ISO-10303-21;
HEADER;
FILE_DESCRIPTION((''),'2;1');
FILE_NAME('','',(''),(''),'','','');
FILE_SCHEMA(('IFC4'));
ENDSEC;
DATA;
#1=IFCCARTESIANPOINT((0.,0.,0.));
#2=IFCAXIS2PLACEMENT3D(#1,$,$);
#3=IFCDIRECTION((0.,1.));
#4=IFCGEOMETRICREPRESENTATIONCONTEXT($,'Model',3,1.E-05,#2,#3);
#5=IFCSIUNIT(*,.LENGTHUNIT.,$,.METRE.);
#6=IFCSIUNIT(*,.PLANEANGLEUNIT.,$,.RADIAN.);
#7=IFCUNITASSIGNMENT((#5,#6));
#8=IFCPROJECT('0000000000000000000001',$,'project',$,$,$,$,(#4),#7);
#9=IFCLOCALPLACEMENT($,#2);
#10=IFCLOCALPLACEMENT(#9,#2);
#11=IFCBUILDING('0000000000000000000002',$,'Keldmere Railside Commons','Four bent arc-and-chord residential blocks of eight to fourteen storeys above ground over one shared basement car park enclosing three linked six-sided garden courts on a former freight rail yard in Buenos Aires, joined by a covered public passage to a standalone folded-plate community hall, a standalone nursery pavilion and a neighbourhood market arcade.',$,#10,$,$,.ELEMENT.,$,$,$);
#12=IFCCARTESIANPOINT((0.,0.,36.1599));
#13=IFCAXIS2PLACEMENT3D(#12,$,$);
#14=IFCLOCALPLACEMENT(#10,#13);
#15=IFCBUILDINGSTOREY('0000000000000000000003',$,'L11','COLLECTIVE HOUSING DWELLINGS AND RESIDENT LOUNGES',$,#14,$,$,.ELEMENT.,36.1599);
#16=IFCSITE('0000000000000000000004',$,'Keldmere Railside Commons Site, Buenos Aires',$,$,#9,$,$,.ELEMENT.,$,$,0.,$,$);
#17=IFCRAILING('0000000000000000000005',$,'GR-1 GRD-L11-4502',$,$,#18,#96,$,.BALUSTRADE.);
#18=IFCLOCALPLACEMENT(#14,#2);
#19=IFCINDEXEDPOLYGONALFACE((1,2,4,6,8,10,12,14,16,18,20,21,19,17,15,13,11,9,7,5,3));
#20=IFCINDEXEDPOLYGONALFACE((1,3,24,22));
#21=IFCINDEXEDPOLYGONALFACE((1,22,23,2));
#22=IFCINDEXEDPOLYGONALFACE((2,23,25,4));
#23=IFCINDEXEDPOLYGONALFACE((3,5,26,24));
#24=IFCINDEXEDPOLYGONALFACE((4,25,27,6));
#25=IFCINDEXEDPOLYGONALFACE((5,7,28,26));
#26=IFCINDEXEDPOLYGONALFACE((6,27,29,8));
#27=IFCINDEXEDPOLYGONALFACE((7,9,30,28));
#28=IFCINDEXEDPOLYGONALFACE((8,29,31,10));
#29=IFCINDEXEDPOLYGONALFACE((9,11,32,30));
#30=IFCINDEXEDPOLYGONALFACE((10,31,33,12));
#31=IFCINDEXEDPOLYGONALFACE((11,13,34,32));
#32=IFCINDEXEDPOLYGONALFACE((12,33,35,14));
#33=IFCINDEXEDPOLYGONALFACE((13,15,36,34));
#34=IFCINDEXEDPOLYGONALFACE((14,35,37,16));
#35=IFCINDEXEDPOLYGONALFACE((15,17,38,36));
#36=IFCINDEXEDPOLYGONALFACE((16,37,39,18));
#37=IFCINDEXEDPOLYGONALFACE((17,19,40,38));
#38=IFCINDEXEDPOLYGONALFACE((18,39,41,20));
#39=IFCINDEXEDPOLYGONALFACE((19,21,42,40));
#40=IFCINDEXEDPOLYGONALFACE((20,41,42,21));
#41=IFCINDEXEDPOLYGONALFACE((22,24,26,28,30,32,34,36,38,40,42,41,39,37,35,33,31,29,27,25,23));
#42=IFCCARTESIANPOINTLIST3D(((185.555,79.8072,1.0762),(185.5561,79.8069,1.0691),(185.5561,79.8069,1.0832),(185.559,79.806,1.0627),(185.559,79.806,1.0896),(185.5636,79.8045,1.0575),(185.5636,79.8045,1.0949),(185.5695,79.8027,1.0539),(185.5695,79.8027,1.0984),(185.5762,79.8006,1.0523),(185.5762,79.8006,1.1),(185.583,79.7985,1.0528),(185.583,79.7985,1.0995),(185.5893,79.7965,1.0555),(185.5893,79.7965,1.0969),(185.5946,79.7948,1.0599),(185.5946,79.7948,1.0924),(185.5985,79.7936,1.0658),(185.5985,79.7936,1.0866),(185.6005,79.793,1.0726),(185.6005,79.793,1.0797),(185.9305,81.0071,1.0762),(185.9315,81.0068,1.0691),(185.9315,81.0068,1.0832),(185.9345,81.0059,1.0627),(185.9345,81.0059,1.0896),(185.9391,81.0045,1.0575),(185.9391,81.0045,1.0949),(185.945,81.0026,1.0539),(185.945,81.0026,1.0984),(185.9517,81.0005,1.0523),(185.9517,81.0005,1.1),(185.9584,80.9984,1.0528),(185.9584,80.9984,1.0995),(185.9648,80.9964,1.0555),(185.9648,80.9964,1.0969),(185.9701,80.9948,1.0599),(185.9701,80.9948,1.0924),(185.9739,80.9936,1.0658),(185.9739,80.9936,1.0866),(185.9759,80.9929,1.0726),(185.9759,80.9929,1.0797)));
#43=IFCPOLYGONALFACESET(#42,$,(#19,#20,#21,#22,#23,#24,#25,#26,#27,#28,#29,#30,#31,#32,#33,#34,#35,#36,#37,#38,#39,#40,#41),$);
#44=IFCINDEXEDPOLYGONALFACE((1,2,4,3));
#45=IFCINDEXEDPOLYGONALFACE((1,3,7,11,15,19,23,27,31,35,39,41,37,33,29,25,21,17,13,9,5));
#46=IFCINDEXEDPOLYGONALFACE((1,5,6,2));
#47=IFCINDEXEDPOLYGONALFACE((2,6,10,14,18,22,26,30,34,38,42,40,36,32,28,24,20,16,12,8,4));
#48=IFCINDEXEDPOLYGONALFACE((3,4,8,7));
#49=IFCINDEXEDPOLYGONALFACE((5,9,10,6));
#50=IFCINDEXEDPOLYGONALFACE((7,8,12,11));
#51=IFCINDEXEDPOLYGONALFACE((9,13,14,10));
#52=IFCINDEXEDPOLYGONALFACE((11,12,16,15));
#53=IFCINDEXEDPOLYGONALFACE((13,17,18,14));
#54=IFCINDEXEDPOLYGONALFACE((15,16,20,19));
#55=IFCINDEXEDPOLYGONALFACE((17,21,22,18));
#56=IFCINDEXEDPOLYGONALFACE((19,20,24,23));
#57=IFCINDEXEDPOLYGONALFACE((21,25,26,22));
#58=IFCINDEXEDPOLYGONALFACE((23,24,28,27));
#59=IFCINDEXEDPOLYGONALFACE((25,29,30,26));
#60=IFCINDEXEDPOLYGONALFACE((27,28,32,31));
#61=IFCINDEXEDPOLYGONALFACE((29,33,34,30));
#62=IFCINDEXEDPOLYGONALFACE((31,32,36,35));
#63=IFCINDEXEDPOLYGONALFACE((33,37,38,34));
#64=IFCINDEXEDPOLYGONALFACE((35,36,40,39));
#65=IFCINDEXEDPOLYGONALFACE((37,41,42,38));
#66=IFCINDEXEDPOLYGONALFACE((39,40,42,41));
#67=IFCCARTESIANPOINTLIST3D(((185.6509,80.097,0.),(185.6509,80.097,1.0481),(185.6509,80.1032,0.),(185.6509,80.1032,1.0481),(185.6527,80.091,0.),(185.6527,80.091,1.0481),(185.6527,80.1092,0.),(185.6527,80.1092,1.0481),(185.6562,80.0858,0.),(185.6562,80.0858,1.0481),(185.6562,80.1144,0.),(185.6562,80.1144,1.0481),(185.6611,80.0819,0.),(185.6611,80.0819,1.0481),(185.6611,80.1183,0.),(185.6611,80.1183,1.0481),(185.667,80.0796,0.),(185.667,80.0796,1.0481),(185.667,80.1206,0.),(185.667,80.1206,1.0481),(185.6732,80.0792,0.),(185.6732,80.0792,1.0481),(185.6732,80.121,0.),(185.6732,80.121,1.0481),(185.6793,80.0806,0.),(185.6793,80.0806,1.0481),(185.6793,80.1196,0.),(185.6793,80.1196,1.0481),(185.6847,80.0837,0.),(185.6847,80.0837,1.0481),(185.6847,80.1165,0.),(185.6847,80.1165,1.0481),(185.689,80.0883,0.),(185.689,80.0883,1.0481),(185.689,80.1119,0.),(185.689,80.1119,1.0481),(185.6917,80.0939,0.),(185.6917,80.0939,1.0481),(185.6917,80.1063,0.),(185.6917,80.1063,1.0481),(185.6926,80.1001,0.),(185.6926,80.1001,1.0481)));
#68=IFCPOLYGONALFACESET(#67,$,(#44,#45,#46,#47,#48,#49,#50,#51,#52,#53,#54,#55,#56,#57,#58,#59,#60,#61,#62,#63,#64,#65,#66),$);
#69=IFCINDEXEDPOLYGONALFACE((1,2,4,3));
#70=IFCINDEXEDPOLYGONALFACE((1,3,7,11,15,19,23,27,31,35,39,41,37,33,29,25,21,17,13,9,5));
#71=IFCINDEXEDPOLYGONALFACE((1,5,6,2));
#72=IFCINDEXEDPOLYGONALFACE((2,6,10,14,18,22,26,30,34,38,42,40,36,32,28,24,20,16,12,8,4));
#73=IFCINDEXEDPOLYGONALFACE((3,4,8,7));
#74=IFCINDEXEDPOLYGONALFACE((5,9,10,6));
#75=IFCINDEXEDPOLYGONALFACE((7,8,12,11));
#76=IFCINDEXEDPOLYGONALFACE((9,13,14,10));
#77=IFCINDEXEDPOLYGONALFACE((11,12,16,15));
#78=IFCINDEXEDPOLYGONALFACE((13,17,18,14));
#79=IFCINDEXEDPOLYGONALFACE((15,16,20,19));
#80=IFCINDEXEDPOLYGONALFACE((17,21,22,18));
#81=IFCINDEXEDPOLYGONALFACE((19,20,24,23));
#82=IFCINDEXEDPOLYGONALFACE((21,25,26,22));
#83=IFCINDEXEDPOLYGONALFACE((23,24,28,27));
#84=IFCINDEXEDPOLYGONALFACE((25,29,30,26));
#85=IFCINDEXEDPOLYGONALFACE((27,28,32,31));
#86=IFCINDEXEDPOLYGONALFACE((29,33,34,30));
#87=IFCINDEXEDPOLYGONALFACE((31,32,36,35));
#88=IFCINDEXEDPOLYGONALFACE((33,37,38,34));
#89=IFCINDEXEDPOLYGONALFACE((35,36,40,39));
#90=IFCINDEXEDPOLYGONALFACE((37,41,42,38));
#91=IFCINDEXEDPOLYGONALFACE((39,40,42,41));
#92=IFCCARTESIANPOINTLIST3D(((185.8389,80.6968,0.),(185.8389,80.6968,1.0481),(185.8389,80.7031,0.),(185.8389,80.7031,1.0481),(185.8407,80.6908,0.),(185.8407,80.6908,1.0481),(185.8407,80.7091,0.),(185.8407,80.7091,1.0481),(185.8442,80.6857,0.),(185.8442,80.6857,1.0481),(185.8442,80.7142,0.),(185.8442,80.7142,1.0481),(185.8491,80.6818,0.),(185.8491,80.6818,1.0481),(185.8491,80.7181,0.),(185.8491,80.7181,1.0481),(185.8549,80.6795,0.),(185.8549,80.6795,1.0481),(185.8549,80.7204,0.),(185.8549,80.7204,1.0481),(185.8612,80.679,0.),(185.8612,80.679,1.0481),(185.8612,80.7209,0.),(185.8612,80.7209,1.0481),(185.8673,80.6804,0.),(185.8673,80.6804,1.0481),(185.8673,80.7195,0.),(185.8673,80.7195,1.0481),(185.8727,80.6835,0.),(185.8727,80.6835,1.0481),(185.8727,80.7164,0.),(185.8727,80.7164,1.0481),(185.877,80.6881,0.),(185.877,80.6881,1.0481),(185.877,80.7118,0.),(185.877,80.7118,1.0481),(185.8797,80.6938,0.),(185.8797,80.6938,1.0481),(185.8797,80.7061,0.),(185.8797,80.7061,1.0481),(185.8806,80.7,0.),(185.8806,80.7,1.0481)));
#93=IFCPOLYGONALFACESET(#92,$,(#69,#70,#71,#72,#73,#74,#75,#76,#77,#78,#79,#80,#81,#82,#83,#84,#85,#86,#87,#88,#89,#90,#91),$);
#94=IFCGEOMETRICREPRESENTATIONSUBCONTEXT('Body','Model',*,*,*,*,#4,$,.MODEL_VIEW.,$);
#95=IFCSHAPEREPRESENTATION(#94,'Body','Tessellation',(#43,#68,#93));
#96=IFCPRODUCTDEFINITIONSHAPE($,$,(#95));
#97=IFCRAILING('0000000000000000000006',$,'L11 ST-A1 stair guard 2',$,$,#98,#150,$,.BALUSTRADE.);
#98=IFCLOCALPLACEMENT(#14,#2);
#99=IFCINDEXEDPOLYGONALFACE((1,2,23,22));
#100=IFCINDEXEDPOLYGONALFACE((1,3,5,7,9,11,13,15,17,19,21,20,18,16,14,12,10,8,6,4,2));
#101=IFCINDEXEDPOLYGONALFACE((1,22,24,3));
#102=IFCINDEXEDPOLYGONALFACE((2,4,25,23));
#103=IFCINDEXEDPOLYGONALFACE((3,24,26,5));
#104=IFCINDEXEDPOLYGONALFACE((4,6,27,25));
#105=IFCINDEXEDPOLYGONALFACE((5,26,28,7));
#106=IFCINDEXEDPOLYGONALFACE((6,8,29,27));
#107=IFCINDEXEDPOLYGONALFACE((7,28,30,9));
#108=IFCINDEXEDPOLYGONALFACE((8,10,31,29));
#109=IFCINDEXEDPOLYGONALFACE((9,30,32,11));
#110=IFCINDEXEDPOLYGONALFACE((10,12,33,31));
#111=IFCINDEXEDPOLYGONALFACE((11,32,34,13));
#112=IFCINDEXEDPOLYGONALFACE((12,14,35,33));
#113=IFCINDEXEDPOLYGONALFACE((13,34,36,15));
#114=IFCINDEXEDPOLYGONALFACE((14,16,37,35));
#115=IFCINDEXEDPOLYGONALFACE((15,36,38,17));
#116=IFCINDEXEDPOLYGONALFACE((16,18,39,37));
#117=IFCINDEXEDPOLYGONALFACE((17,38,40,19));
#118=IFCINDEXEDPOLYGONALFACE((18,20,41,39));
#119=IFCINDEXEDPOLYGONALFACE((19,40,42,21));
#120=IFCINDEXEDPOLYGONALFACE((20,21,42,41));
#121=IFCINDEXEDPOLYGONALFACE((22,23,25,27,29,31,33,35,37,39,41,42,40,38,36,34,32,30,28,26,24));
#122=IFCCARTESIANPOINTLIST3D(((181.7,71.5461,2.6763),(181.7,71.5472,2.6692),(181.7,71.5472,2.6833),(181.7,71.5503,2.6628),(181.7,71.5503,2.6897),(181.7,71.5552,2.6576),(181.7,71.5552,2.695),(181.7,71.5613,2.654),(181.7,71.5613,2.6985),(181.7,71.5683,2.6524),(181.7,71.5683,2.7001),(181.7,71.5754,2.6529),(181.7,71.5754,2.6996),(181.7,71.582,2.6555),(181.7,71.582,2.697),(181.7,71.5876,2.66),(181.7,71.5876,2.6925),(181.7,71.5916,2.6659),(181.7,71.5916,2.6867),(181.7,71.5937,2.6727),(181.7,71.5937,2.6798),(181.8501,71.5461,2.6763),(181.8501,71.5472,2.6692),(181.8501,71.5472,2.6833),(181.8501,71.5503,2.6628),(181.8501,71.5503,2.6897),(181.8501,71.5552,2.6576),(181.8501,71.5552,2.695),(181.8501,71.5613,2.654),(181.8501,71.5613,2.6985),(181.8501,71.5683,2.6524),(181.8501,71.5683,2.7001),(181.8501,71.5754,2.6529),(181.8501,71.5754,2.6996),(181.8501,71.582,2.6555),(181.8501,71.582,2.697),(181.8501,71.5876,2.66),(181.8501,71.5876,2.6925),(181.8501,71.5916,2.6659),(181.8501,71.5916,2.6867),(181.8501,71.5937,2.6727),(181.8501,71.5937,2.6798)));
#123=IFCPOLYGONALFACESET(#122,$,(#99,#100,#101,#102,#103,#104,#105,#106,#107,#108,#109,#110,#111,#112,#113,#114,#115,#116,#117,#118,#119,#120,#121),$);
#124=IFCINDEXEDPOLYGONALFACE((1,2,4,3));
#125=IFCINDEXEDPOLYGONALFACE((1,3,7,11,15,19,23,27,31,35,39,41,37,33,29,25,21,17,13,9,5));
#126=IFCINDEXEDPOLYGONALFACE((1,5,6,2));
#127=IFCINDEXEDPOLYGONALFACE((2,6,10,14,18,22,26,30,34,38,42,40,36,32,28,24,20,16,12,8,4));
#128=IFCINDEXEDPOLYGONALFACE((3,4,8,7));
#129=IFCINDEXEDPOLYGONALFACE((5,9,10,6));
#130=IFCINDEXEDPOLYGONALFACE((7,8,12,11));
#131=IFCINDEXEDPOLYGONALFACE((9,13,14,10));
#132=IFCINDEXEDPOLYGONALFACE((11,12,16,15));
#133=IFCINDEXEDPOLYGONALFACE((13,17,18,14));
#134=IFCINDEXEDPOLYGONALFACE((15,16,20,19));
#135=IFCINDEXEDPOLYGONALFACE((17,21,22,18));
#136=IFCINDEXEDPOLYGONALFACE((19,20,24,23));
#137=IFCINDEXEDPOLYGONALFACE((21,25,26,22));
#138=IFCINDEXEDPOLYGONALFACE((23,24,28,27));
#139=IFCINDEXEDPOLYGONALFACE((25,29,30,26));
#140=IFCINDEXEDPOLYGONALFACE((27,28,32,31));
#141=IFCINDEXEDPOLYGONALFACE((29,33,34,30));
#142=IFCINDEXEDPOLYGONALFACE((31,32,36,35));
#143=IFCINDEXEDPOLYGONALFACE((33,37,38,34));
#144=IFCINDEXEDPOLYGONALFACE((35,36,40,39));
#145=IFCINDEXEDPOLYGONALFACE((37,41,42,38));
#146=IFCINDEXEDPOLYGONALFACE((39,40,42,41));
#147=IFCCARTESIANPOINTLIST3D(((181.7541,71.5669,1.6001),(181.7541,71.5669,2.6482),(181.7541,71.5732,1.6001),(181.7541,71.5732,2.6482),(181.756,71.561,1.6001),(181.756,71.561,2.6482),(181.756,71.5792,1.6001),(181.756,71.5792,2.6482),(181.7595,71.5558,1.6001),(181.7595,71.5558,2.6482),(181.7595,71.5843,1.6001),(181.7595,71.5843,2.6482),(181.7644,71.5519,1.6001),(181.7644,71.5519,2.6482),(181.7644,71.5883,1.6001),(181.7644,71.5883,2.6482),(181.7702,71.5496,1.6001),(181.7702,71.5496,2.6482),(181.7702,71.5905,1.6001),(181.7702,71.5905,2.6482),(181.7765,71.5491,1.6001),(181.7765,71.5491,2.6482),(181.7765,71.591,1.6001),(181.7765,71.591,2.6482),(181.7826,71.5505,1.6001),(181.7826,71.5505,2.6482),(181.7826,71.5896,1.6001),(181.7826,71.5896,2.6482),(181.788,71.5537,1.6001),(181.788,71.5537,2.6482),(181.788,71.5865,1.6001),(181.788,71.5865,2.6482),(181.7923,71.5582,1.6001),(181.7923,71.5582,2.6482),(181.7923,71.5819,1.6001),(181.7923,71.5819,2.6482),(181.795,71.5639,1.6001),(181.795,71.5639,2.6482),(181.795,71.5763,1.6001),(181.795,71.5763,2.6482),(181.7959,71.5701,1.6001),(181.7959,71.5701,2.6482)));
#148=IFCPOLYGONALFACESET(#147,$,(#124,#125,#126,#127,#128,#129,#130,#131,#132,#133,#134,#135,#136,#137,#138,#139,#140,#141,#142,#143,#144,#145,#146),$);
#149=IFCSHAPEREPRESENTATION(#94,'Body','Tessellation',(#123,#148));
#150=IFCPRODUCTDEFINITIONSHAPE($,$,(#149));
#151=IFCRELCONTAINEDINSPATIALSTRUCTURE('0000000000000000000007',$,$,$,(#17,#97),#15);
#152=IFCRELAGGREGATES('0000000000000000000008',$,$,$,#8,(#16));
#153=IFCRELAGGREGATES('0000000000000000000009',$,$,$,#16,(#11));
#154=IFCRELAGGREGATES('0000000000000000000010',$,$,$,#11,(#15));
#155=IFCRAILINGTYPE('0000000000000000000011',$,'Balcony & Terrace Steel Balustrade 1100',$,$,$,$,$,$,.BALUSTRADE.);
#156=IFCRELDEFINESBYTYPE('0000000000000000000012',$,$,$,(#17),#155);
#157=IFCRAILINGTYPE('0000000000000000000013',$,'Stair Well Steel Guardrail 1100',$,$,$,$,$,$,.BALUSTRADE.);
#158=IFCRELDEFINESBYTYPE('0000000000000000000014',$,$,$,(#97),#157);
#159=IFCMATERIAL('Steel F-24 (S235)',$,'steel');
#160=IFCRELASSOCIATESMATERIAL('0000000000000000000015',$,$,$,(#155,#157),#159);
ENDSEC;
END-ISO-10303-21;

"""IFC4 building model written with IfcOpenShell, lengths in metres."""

from ifc_helpers import new_model, si_unit, direction, frame, origin, origin_2d, place, context, subcontext, project, spatial, circle, extrude, material, type_object, element, save


model = new_model("IFC4")

# Units and contexts
model_context = context("Model", 3, precision=1e-05, world=origin(), true_north=direction((0.0, 1.0)))
body_context = subcontext(model_context, "Body", "Model", "MODEL_VIEW")
ifc_project = project(units=[si_unit("LENGTHUNIT", "METRE"), si_unit("PLANEANGLEUNIT", "RADIAN")], contexts=[model_context])

# Site, building, storey
site_placement = place(None, origin())
site = spatial("IfcSite", under=ifc_project, at=site_placement, Name="Keldmere Railside Commons Site, Buenos Aires", CompositionType="ELEMENT", RefElevation=0.0)
building_placement = place(site_placement, origin())
building = spatial("IfcBuilding", under=site, at=building_placement, Name="Keldmere Railside Commons", Description="Four bent arc-and-chord residential blocks of eight to fourteen storeys above ground over one shared basement car park enclosing three linked six-sided garden courts on a former freight rail yard in Buenos Aires, joined by a covered public passage to a standalone folded-plate community hall, a standalone nursery pavilion and a neighbourhood market arcade.", CompositionType="ELEMENT")
storey_placement = place(building_placement, frame((0.0, 0.0, 36.1599)))
storey = spatial("IfcBuildingStorey", under=building, at=storey_placement, Name="L11", Description="COLLECTIVE HOUSING DWELLINGS AND RESIDENT LOUNGES", CompositionType="ELEMENT", Elevation=36.1599)

# Shared definitions
ifc_material_1 = material(Name="Steel F-24 (S235)", Category="steel")

# Railings
railing_type_1 = type_object("IfcRailingType", Name="Balcony & Terrace Steel Balustrade 1100", PredefinedType="BALUSTRADE", material=ifc_material_1)
railing_1_placement = place(storey_placement, frame((185.5779, 79.8, 0.0)))
element("IfcRailing", 1, at=railing_1_placement, inside=storey, type_object=railing_type_1, Name="GR-1 GRD-L11-4502", PredefinedType="BALUSTRADE", context=body_context, shape_type="SweptSolid", body=[
    extrude(circle(Radius=0.0239, at=origin_2d()), frame((0.0, 0.0, 1.0762), z_axis=(0.29864, 0.954366, 0.0), x_axis=(-0.954366, 0.29864, 0.0)), (0.0, 0.0, 1.0), 1.2573),
    extrude(circle(Radius=0.021, at=origin_2d()), frame((0.0938, 0.3, 0.0)), (0.0, 0.0, 1.0), 1.0481),
    extrude(circle(Radius=0.021, at=origin_2d()), frame((0.2817, 0.8999, 0.0)), (0.0, 0.0, 1.0), 1.0481),
])
railing_type_2 = type_object("IfcRailingType", Name="Stair Well Steel Guardrail 1100", PredefinedType="BALUSTRADE", material=ifc_material_1)
railing_2_placement = place(storey_placement, frame((181.8501, 71.5701, 1.6001)))
element("IfcRailing", 2, at=railing_2_placement, inside=storey, type_object=railing_type_2, Name="L11 ST-A1 stair guard 2", PredefinedType="BALUSTRADE", context=body_context, shape_type="SweptSolid", body=[
    extrude(circle(Radius=0.0239, at=origin_2d()), frame((0.0, 0.0, 1.0762), z_axis=(-1.0, 0.0, 0.0), x_axis=(0.0, -1.0, 0.0)), (0.0, 0.0, 1.0), 0.1501),
    extrude(circle(Radius=0.021, at=origin_2d()), frame((-0.0752, 0.0, 0.0)), (0.0, 0.0, 1.0), 1.0481),
])

save(model, "model.ifc")
